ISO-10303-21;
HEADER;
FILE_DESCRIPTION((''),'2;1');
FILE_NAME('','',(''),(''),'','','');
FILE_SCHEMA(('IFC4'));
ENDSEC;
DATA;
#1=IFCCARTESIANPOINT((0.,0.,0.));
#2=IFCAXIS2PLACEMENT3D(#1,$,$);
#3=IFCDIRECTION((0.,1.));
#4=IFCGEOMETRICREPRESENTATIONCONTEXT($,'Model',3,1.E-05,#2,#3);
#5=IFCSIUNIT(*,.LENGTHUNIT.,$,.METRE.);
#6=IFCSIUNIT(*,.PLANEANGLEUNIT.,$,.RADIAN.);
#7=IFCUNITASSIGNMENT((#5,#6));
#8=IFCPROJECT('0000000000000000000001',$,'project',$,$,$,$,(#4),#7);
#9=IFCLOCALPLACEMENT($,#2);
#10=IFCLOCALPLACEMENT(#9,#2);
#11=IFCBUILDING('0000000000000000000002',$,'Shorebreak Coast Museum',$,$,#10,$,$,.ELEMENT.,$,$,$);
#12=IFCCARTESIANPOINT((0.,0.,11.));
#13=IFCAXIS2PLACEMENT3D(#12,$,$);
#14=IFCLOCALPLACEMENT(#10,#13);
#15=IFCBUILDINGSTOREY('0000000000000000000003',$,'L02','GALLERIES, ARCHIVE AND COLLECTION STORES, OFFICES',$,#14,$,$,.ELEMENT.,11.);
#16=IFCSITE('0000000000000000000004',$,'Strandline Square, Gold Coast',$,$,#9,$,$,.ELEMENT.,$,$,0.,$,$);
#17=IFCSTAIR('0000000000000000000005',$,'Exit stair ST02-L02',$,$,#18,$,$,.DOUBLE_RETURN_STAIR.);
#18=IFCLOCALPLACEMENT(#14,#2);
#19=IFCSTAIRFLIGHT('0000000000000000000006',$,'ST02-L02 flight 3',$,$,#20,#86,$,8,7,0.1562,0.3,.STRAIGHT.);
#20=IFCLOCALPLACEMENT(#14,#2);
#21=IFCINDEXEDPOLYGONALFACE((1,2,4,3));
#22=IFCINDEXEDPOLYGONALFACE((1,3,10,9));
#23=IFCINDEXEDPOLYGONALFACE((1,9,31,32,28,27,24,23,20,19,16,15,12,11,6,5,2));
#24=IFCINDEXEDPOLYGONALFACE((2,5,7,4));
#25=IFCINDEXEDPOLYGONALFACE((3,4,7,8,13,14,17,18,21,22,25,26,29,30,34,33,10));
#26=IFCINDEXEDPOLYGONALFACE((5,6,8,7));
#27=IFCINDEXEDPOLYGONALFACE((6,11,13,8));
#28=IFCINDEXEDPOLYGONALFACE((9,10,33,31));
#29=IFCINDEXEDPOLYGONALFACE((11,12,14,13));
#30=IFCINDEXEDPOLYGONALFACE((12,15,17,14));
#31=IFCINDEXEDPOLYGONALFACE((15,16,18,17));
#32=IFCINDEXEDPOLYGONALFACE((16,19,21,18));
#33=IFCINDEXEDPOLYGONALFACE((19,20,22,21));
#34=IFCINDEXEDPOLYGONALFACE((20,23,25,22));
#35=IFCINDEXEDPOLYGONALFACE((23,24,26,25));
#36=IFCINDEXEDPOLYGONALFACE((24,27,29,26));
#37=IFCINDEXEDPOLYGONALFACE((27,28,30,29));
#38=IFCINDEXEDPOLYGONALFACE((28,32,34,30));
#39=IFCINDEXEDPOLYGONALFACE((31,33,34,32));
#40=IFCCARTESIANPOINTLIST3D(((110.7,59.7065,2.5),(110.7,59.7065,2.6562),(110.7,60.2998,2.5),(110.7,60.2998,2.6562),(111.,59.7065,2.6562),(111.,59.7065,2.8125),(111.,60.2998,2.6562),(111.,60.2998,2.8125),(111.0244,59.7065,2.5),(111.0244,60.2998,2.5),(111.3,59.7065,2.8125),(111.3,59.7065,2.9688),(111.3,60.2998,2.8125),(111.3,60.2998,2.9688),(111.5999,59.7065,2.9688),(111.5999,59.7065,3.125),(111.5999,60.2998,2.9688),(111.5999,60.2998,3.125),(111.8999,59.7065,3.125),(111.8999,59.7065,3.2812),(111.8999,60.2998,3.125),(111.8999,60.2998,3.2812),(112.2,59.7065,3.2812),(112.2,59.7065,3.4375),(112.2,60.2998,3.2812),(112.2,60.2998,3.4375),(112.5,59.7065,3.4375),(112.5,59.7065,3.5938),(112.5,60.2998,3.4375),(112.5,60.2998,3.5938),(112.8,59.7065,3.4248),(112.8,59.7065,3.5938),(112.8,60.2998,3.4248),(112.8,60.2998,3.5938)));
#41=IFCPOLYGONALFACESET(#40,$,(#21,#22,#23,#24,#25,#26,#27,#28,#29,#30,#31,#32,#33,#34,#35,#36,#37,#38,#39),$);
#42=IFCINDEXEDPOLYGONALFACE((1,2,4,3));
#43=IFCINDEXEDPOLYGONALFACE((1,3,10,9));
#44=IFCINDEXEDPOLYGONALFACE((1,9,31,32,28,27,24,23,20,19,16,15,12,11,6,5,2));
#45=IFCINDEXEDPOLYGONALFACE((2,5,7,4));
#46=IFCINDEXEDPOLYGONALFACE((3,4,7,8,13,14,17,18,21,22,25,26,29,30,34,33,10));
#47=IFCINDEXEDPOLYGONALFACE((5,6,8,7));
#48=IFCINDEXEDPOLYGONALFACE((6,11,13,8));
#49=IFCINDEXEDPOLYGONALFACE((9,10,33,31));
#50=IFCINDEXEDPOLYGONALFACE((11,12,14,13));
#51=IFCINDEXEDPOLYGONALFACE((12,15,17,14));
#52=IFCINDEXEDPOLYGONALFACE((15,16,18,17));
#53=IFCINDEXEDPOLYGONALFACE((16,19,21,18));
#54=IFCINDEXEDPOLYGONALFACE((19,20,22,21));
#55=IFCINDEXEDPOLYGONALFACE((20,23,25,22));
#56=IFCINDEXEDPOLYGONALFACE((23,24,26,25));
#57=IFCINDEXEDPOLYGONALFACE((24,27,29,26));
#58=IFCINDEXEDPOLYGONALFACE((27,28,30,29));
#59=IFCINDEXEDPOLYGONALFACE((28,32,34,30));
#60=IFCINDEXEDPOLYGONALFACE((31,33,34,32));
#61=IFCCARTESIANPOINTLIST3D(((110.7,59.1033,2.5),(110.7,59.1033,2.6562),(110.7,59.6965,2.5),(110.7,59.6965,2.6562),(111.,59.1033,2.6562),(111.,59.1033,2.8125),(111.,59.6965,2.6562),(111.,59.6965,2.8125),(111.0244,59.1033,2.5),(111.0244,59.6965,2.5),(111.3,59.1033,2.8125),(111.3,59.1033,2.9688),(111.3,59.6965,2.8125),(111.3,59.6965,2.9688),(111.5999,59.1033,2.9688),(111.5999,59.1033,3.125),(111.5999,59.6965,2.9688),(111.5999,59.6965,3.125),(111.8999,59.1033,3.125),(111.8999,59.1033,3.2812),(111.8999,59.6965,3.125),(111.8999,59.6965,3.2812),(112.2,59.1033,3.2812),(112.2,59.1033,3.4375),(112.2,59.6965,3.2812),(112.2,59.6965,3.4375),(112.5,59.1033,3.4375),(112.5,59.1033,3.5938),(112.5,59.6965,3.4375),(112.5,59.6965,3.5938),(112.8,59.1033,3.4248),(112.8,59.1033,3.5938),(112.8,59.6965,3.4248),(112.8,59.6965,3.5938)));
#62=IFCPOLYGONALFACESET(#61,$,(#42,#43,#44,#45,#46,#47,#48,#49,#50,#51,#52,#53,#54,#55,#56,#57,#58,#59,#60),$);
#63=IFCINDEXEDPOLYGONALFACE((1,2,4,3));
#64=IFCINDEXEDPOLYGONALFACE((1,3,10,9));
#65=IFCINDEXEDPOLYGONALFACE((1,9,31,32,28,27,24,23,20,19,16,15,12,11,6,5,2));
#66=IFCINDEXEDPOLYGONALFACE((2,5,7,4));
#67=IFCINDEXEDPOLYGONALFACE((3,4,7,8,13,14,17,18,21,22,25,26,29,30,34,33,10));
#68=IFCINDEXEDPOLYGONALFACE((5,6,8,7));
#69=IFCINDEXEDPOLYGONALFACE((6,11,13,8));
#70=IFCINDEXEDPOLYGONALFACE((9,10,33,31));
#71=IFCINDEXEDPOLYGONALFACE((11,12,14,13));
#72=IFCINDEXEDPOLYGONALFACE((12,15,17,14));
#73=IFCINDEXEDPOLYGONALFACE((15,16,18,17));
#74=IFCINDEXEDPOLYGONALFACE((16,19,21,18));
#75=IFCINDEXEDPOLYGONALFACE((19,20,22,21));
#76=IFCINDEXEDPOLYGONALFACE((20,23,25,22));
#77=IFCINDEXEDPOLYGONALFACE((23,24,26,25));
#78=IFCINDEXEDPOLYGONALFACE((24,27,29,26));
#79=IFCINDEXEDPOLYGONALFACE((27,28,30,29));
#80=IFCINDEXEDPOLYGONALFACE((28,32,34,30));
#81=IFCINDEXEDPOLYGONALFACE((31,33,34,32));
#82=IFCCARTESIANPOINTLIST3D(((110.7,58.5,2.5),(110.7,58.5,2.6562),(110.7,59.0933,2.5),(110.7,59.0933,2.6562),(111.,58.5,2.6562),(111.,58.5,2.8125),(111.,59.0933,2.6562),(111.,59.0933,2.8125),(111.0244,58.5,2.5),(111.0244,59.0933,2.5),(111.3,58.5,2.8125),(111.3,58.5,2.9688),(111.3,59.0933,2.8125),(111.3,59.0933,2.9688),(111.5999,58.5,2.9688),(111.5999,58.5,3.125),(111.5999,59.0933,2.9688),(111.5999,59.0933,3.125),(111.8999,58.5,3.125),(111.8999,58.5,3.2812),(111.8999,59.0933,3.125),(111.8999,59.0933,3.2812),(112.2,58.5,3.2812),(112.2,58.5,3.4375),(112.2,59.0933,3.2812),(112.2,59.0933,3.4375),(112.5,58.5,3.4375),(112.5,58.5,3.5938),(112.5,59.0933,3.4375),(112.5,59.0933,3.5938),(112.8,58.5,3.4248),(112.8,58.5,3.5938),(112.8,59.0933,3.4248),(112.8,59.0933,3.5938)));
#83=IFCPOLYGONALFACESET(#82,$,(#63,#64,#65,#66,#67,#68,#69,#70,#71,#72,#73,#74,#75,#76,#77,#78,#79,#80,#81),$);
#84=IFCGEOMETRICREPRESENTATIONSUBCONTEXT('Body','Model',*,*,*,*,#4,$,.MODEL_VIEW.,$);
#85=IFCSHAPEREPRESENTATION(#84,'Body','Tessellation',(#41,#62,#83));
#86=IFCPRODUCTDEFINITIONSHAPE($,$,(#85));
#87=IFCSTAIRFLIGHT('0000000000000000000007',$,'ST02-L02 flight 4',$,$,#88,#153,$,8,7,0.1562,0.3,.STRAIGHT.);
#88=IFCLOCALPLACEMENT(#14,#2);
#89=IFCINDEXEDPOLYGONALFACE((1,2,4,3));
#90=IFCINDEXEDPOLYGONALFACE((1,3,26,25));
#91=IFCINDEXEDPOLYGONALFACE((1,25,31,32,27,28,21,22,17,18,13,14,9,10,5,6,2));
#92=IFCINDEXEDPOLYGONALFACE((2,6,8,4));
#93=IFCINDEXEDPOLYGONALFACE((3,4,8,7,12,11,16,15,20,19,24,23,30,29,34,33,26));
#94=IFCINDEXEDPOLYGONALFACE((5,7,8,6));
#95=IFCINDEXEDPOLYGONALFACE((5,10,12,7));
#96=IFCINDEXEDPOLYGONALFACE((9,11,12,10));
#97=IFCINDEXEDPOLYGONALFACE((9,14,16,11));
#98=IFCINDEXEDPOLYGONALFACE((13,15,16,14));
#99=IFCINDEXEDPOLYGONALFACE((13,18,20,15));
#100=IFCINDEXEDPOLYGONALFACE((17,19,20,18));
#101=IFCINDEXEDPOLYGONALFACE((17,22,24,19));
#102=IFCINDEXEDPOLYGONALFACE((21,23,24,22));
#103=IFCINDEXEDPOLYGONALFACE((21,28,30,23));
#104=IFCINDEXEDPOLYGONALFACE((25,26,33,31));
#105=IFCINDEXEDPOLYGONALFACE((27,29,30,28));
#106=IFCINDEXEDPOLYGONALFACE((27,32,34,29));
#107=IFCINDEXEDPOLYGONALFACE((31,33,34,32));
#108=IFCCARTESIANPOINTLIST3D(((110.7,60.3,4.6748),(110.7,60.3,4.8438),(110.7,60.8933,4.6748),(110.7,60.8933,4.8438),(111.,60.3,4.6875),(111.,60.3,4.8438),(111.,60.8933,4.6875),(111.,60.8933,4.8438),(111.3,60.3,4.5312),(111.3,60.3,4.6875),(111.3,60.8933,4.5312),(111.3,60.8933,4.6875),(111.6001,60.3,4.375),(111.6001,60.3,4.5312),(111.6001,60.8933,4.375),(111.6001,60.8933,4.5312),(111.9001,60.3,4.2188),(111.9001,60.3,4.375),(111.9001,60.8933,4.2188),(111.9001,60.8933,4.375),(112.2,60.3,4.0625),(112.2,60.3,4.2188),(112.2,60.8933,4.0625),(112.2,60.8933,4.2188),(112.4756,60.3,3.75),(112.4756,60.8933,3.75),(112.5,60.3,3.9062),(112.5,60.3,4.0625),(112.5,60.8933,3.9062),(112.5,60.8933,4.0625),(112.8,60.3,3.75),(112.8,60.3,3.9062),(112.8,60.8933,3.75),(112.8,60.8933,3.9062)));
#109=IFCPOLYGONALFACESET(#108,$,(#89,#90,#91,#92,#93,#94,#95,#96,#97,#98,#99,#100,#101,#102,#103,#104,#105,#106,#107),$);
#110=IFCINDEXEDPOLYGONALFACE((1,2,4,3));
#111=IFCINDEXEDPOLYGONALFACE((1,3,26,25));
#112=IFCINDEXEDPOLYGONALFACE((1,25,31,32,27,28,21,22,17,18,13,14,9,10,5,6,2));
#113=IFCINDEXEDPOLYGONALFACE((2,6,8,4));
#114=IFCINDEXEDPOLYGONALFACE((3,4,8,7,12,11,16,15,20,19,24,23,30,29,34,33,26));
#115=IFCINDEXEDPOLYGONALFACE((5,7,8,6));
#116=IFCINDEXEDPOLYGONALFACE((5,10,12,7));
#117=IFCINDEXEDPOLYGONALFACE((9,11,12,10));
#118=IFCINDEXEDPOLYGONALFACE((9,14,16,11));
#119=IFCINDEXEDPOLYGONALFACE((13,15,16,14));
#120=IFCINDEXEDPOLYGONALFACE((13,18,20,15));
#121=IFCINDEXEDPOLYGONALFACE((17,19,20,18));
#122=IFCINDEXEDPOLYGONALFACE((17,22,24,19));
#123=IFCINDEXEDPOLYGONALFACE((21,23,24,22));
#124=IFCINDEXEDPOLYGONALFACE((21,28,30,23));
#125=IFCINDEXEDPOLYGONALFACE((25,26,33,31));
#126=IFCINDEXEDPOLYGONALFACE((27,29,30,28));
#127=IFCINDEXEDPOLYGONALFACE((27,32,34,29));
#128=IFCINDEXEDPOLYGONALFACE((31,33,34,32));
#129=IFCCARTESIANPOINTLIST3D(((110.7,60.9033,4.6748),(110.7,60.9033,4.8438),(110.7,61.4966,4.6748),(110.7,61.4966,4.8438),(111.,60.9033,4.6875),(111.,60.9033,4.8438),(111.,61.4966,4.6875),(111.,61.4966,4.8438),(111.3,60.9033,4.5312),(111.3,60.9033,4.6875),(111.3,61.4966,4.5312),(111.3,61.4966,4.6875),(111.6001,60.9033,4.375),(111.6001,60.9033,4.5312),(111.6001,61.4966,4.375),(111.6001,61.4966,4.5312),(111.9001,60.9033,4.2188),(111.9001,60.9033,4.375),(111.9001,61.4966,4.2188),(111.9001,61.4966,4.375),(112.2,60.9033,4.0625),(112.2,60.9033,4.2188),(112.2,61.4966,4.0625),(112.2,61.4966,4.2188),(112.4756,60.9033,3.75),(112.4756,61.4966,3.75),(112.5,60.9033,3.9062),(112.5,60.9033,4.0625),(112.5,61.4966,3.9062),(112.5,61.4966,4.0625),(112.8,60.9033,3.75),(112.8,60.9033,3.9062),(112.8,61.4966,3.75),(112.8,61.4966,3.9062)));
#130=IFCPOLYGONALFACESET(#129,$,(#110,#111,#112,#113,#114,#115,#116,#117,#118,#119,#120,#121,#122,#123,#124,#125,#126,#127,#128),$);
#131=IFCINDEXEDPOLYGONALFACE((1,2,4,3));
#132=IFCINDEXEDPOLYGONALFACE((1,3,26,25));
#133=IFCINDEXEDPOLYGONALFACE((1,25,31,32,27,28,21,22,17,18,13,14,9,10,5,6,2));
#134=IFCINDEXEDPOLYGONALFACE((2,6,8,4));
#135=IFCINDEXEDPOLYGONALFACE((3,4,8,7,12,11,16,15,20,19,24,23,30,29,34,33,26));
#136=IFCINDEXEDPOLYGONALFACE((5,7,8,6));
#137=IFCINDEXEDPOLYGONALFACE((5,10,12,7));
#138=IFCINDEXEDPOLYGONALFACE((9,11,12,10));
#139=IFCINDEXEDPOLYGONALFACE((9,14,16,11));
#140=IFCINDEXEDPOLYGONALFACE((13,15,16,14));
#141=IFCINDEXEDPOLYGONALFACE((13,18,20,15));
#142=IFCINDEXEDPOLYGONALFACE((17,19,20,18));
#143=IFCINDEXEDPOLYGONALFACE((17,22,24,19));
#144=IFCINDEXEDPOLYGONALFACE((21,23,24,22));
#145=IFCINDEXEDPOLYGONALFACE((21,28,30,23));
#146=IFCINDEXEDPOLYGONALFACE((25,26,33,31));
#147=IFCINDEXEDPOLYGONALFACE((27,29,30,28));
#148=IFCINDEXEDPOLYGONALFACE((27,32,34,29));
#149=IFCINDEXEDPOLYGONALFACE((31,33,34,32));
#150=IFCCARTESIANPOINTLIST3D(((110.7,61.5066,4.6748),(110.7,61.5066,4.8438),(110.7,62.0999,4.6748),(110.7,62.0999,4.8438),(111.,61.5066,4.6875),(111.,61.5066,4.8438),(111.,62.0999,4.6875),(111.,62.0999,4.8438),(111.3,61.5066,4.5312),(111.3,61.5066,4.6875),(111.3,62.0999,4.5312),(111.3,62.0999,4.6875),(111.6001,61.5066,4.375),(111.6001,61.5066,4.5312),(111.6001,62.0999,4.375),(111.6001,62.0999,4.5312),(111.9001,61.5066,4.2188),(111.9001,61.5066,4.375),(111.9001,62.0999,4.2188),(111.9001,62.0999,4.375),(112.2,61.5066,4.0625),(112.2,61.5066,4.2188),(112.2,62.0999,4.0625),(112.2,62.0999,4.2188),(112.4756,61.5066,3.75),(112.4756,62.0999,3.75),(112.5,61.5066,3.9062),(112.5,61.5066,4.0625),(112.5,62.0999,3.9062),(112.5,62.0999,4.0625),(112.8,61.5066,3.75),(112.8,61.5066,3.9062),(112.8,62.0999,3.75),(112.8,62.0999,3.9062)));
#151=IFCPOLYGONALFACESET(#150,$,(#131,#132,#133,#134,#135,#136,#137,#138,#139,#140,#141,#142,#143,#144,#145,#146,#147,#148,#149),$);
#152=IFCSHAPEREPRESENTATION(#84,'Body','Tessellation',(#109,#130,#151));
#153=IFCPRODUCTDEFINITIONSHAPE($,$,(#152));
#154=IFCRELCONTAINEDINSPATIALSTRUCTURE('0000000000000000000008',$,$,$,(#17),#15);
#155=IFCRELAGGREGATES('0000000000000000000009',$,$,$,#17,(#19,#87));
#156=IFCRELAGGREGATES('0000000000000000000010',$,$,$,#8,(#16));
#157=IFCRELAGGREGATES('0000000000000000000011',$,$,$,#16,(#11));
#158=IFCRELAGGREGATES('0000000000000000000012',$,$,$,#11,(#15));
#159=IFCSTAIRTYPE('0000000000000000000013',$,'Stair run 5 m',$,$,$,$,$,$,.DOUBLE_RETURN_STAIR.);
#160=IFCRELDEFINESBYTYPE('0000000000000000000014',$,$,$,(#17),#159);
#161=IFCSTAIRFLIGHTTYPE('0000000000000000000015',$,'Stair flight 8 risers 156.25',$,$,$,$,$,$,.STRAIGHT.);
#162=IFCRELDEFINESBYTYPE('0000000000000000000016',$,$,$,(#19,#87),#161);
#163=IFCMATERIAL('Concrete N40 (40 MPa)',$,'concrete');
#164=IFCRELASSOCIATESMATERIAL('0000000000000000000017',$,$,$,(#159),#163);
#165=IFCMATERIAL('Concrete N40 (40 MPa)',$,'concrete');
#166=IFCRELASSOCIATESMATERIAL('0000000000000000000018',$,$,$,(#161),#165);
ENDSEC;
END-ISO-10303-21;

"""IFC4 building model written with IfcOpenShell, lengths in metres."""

from ifc_helpers import new_model, si_unit, direction, frame, origin, place, context, subcontext, project, spatial, polyline, outline, extrude, material, type_object, element, aggregate, save


model = new_model("IFC4")

# Units and contexts
model_context = context("Model", 3, precision=1e-05, world=origin(), true_north=direction((0.0, 1.0)))
body_context = subcontext(model_context, "Body", "Model", "MODEL_VIEW")
ifc_project = project(units=[si_unit("LENGTHUNIT", "METRE"), si_unit("PLANEANGLEUNIT", "RADIAN")], contexts=[model_context])

# Site, building, storey
site_placement = place(None, origin())
site = spatial("IfcSite", under=ifc_project, at=site_placement, Name="Strandline Square, Gold Coast", CompositionType="ELEMENT", RefElevation=0.0)
building_placement = place(site_placement, origin())
building = spatial("IfcBuilding", under=site, at=building_placement, Name="Shorebreak Coast Museum", CompositionType="ELEMENT")
storey_placement = place(building_placement, frame((0.0, 0.0, 11.0)))
storey = spatial("IfcBuildingStorey", under=building, at=storey_placement, Name="L02", Description="GALLERIES, ARCHIVE AND COLLECTION STORES, OFFICES", CompositionType="ELEMENT", Elevation=11.0)

# Stair, stair flights
ifc_material_1 = material(Name="Concrete N40 (40 MPa)", Category="concrete")
stair_type = type_object("IfcStairType", Name="Stair run 5 m", PredefinedType="DOUBLE_RETURN_STAIR", material=ifc_material_1)
stair_placement = place(storey_placement, origin())
stair = element("IfcStair", 1, at=stair_placement, inside=storey, type_object=stair_type, Name="Exit stair ST02-L02", PredefinedType="DOUBLE_RETURN_STAIR")
ifc_material_2 = material(Name="Concrete N40 (40 MPa)", Category="concrete")
stair_flight_type = type_object("IfcStairFlightType", Name="Stair flight 8 risers 156.25", PredefinedType="STRAIGHT", material=ifc_material_2)
stair_flight_1_placement = place(storey_placement, frame((110.7, 59.3999, 2.5), z_axis=(0.0, 0.0, 1.0), x_axis=(1.0, 0.0, 0.0)))
stair_flight_1 = element("IfcStairFlight", 2, at=stair_flight_1_placement, type_object=stair_flight_type, Name="ST02-L02 flight 3", NumberOfRisers=8, NumberOfTreads=7, PredefinedType="STRAIGHT", RiserHeight=0.1562, TreadLength=0.3, context=body_context, shape_type="SweptSolid", body=[
    extrude(outline(polyline([(0.0, 0.0), (0.0, 0.1562), (0.3, 0.1562), (0.3, 0.3125), (0.6001, 0.3125), (0.6001, 0.4688), (0.8999, 0.4688), (0.8999, 0.625), (1.2, 0.625), (1.2, 0.7812), (1.5, 0.7812), (1.5, 0.9375), (1.8, 0.9375), (1.8, 1.0938), (2.1001, 1.0938), (2.1001, 1.25), (2.1001, 0.9248), (0.3245, 0.0), (0.0, 0.0)])), frame((0.0, 0.8999, 0.0), z_axis=(0.0, -1.0, 0.0), x_axis=(1.0, 0.0, 0.0)), (0.0, 0.0, 1.0), 0.5933),
    extrude(outline(polyline([(0.0, 0.0), (0.0, 0.1562), (0.3, 0.1562), (0.3, 0.3125), (0.6001, 0.3125), (0.6001, 0.4688), (0.8999, 0.4688), (0.8999, 0.625), (1.2, 0.625), (1.2, 0.7812), (1.5, 0.7812), (1.5, 0.9375), (1.8, 0.9375), (1.8, 1.0938), (2.1001, 1.0938), (2.1001, 1.25), (2.1001, 0.9248), (0.3245, 0.0), (0.0, 0.0)])), frame((0.0, 0.2966, 0.0), z_axis=(0.0, -1.0, 0.0), x_axis=(1.0, 0.0, 0.0)), (0.0, 0.0, 1.0), 0.5933),
    extrude(outline(polyline([(0.0, 0.0), (0.0, 0.1562), (0.3, 0.1562), (0.3, 0.3125), (0.6001, 0.3125), (0.6001, 0.4688), (0.8999, 0.4688), (0.8999, 0.625), (1.2, 0.625), (1.2, 0.7812), (1.5, 0.7812), (1.5, 0.9375), (1.8, 0.9375), (1.8, 1.0938), (2.1001, 1.0938), (2.1001, 1.25), (2.1001, 0.9248), (0.3245, 0.0), (0.0, 0.0)])), frame((0.0, -0.3066, 0.0), z_axis=(0.0, -1.0, 0.0), x_axis=(1.0, 0.0, 0.0)), (0.0, 0.0, 1.0), 0.5933),
])
stair_flight_2_placement = place(storey_placement, frame((112.8, 61.2, 3.75), z_axis=(0.0, 0.0, 1.0), x_axis=(-1.0, 0.0, 0.0)))
stair_flight_2 = element("IfcStairFlight", 3, at=stair_flight_2_placement, type_object=stair_flight_type, Name="ST02-L02 flight 4", NumberOfRisers=8, NumberOfTreads=7, PredefinedType="STRAIGHT", RiserHeight=0.1562, TreadLength=0.3, context=body_context, shape_type="SweptSolid", body=[
    extrude(outline(polyline([(0.0, 0.0), (0.0, 0.1562), (0.3, 0.1562), (0.3, 0.3125), (0.6001, 0.3125), (0.6001, 0.4688), (0.8999, 0.4688), (0.8999, 0.625), (1.2, 0.625), (1.2, 0.7812), (1.5, 0.7812), (1.5, 0.9375), (1.8, 0.9375), (1.8, 1.0938), (2.1001, 1.0938), (2.1001, 1.25), (2.1001, 0.9248), (0.3245, 0.0), (0.0, 0.0)])), frame((0.0, 0.8999, 0.0), z_axis=(0.0, -1.0, 0.0), x_axis=(1.0, 0.0, 0.0)), (0.0, 0.0, 1.0), 0.5933),
    extrude(outline(polyline([(0.0, 0.0), (0.0, 0.1562), (0.3, 0.1562), (0.3, 0.3125), (0.6001, 0.3125), (0.6001, 0.4688), (0.8999, 0.4688), (0.8999, 0.625), (1.2, 0.625), (1.2, 0.7812), (1.5, 0.7812), (1.5, 0.9375), (1.8, 0.9375), (1.8, 1.0938), (2.1001, 1.0938), (2.1001, 1.25), (2.1001, 0.9248), (0.3245, 0.0), (0.0, 0.0)])), frame((0.0, 0.2966, 0.0), z_axis=(0.0, -1.0, 0.0), x_axis=(1.0, 0.0, 0.0)), (0.0, 0.0, 1.0), 0.5933),
    extrude(outline(polyline([(0.0, 0.0), (0.0, 0.1562), (0.3, 0.1562), (0.3, 0.3125), (0.6001, 0.3125), (0.6001, 0.4688), (0.8999, 0.4688), (0.8999, 0.625), (1.2, 0.625), (1.2, 0.7812), (1.5, 0.7812), (1.5, 0.9375), (1.8, 0.9375), (1.8, 1.0938), (2.1001, 1.0938), (2.1001, 1.25), (2.1001, 0.9248), (0.3245, 0.0), (0.0, 0.0)])), frame((0.0, -0.3066, 0.0), z_axis=(0.0, -1.0, 0.0), x_axis=(1.0, 0.0, 0.0)), (0.0, 0.0, 1.0), 0.5933),
])
aggregate(stair, [stair_flight_1, stair_flight_2])

save(model, "model.ifc")
